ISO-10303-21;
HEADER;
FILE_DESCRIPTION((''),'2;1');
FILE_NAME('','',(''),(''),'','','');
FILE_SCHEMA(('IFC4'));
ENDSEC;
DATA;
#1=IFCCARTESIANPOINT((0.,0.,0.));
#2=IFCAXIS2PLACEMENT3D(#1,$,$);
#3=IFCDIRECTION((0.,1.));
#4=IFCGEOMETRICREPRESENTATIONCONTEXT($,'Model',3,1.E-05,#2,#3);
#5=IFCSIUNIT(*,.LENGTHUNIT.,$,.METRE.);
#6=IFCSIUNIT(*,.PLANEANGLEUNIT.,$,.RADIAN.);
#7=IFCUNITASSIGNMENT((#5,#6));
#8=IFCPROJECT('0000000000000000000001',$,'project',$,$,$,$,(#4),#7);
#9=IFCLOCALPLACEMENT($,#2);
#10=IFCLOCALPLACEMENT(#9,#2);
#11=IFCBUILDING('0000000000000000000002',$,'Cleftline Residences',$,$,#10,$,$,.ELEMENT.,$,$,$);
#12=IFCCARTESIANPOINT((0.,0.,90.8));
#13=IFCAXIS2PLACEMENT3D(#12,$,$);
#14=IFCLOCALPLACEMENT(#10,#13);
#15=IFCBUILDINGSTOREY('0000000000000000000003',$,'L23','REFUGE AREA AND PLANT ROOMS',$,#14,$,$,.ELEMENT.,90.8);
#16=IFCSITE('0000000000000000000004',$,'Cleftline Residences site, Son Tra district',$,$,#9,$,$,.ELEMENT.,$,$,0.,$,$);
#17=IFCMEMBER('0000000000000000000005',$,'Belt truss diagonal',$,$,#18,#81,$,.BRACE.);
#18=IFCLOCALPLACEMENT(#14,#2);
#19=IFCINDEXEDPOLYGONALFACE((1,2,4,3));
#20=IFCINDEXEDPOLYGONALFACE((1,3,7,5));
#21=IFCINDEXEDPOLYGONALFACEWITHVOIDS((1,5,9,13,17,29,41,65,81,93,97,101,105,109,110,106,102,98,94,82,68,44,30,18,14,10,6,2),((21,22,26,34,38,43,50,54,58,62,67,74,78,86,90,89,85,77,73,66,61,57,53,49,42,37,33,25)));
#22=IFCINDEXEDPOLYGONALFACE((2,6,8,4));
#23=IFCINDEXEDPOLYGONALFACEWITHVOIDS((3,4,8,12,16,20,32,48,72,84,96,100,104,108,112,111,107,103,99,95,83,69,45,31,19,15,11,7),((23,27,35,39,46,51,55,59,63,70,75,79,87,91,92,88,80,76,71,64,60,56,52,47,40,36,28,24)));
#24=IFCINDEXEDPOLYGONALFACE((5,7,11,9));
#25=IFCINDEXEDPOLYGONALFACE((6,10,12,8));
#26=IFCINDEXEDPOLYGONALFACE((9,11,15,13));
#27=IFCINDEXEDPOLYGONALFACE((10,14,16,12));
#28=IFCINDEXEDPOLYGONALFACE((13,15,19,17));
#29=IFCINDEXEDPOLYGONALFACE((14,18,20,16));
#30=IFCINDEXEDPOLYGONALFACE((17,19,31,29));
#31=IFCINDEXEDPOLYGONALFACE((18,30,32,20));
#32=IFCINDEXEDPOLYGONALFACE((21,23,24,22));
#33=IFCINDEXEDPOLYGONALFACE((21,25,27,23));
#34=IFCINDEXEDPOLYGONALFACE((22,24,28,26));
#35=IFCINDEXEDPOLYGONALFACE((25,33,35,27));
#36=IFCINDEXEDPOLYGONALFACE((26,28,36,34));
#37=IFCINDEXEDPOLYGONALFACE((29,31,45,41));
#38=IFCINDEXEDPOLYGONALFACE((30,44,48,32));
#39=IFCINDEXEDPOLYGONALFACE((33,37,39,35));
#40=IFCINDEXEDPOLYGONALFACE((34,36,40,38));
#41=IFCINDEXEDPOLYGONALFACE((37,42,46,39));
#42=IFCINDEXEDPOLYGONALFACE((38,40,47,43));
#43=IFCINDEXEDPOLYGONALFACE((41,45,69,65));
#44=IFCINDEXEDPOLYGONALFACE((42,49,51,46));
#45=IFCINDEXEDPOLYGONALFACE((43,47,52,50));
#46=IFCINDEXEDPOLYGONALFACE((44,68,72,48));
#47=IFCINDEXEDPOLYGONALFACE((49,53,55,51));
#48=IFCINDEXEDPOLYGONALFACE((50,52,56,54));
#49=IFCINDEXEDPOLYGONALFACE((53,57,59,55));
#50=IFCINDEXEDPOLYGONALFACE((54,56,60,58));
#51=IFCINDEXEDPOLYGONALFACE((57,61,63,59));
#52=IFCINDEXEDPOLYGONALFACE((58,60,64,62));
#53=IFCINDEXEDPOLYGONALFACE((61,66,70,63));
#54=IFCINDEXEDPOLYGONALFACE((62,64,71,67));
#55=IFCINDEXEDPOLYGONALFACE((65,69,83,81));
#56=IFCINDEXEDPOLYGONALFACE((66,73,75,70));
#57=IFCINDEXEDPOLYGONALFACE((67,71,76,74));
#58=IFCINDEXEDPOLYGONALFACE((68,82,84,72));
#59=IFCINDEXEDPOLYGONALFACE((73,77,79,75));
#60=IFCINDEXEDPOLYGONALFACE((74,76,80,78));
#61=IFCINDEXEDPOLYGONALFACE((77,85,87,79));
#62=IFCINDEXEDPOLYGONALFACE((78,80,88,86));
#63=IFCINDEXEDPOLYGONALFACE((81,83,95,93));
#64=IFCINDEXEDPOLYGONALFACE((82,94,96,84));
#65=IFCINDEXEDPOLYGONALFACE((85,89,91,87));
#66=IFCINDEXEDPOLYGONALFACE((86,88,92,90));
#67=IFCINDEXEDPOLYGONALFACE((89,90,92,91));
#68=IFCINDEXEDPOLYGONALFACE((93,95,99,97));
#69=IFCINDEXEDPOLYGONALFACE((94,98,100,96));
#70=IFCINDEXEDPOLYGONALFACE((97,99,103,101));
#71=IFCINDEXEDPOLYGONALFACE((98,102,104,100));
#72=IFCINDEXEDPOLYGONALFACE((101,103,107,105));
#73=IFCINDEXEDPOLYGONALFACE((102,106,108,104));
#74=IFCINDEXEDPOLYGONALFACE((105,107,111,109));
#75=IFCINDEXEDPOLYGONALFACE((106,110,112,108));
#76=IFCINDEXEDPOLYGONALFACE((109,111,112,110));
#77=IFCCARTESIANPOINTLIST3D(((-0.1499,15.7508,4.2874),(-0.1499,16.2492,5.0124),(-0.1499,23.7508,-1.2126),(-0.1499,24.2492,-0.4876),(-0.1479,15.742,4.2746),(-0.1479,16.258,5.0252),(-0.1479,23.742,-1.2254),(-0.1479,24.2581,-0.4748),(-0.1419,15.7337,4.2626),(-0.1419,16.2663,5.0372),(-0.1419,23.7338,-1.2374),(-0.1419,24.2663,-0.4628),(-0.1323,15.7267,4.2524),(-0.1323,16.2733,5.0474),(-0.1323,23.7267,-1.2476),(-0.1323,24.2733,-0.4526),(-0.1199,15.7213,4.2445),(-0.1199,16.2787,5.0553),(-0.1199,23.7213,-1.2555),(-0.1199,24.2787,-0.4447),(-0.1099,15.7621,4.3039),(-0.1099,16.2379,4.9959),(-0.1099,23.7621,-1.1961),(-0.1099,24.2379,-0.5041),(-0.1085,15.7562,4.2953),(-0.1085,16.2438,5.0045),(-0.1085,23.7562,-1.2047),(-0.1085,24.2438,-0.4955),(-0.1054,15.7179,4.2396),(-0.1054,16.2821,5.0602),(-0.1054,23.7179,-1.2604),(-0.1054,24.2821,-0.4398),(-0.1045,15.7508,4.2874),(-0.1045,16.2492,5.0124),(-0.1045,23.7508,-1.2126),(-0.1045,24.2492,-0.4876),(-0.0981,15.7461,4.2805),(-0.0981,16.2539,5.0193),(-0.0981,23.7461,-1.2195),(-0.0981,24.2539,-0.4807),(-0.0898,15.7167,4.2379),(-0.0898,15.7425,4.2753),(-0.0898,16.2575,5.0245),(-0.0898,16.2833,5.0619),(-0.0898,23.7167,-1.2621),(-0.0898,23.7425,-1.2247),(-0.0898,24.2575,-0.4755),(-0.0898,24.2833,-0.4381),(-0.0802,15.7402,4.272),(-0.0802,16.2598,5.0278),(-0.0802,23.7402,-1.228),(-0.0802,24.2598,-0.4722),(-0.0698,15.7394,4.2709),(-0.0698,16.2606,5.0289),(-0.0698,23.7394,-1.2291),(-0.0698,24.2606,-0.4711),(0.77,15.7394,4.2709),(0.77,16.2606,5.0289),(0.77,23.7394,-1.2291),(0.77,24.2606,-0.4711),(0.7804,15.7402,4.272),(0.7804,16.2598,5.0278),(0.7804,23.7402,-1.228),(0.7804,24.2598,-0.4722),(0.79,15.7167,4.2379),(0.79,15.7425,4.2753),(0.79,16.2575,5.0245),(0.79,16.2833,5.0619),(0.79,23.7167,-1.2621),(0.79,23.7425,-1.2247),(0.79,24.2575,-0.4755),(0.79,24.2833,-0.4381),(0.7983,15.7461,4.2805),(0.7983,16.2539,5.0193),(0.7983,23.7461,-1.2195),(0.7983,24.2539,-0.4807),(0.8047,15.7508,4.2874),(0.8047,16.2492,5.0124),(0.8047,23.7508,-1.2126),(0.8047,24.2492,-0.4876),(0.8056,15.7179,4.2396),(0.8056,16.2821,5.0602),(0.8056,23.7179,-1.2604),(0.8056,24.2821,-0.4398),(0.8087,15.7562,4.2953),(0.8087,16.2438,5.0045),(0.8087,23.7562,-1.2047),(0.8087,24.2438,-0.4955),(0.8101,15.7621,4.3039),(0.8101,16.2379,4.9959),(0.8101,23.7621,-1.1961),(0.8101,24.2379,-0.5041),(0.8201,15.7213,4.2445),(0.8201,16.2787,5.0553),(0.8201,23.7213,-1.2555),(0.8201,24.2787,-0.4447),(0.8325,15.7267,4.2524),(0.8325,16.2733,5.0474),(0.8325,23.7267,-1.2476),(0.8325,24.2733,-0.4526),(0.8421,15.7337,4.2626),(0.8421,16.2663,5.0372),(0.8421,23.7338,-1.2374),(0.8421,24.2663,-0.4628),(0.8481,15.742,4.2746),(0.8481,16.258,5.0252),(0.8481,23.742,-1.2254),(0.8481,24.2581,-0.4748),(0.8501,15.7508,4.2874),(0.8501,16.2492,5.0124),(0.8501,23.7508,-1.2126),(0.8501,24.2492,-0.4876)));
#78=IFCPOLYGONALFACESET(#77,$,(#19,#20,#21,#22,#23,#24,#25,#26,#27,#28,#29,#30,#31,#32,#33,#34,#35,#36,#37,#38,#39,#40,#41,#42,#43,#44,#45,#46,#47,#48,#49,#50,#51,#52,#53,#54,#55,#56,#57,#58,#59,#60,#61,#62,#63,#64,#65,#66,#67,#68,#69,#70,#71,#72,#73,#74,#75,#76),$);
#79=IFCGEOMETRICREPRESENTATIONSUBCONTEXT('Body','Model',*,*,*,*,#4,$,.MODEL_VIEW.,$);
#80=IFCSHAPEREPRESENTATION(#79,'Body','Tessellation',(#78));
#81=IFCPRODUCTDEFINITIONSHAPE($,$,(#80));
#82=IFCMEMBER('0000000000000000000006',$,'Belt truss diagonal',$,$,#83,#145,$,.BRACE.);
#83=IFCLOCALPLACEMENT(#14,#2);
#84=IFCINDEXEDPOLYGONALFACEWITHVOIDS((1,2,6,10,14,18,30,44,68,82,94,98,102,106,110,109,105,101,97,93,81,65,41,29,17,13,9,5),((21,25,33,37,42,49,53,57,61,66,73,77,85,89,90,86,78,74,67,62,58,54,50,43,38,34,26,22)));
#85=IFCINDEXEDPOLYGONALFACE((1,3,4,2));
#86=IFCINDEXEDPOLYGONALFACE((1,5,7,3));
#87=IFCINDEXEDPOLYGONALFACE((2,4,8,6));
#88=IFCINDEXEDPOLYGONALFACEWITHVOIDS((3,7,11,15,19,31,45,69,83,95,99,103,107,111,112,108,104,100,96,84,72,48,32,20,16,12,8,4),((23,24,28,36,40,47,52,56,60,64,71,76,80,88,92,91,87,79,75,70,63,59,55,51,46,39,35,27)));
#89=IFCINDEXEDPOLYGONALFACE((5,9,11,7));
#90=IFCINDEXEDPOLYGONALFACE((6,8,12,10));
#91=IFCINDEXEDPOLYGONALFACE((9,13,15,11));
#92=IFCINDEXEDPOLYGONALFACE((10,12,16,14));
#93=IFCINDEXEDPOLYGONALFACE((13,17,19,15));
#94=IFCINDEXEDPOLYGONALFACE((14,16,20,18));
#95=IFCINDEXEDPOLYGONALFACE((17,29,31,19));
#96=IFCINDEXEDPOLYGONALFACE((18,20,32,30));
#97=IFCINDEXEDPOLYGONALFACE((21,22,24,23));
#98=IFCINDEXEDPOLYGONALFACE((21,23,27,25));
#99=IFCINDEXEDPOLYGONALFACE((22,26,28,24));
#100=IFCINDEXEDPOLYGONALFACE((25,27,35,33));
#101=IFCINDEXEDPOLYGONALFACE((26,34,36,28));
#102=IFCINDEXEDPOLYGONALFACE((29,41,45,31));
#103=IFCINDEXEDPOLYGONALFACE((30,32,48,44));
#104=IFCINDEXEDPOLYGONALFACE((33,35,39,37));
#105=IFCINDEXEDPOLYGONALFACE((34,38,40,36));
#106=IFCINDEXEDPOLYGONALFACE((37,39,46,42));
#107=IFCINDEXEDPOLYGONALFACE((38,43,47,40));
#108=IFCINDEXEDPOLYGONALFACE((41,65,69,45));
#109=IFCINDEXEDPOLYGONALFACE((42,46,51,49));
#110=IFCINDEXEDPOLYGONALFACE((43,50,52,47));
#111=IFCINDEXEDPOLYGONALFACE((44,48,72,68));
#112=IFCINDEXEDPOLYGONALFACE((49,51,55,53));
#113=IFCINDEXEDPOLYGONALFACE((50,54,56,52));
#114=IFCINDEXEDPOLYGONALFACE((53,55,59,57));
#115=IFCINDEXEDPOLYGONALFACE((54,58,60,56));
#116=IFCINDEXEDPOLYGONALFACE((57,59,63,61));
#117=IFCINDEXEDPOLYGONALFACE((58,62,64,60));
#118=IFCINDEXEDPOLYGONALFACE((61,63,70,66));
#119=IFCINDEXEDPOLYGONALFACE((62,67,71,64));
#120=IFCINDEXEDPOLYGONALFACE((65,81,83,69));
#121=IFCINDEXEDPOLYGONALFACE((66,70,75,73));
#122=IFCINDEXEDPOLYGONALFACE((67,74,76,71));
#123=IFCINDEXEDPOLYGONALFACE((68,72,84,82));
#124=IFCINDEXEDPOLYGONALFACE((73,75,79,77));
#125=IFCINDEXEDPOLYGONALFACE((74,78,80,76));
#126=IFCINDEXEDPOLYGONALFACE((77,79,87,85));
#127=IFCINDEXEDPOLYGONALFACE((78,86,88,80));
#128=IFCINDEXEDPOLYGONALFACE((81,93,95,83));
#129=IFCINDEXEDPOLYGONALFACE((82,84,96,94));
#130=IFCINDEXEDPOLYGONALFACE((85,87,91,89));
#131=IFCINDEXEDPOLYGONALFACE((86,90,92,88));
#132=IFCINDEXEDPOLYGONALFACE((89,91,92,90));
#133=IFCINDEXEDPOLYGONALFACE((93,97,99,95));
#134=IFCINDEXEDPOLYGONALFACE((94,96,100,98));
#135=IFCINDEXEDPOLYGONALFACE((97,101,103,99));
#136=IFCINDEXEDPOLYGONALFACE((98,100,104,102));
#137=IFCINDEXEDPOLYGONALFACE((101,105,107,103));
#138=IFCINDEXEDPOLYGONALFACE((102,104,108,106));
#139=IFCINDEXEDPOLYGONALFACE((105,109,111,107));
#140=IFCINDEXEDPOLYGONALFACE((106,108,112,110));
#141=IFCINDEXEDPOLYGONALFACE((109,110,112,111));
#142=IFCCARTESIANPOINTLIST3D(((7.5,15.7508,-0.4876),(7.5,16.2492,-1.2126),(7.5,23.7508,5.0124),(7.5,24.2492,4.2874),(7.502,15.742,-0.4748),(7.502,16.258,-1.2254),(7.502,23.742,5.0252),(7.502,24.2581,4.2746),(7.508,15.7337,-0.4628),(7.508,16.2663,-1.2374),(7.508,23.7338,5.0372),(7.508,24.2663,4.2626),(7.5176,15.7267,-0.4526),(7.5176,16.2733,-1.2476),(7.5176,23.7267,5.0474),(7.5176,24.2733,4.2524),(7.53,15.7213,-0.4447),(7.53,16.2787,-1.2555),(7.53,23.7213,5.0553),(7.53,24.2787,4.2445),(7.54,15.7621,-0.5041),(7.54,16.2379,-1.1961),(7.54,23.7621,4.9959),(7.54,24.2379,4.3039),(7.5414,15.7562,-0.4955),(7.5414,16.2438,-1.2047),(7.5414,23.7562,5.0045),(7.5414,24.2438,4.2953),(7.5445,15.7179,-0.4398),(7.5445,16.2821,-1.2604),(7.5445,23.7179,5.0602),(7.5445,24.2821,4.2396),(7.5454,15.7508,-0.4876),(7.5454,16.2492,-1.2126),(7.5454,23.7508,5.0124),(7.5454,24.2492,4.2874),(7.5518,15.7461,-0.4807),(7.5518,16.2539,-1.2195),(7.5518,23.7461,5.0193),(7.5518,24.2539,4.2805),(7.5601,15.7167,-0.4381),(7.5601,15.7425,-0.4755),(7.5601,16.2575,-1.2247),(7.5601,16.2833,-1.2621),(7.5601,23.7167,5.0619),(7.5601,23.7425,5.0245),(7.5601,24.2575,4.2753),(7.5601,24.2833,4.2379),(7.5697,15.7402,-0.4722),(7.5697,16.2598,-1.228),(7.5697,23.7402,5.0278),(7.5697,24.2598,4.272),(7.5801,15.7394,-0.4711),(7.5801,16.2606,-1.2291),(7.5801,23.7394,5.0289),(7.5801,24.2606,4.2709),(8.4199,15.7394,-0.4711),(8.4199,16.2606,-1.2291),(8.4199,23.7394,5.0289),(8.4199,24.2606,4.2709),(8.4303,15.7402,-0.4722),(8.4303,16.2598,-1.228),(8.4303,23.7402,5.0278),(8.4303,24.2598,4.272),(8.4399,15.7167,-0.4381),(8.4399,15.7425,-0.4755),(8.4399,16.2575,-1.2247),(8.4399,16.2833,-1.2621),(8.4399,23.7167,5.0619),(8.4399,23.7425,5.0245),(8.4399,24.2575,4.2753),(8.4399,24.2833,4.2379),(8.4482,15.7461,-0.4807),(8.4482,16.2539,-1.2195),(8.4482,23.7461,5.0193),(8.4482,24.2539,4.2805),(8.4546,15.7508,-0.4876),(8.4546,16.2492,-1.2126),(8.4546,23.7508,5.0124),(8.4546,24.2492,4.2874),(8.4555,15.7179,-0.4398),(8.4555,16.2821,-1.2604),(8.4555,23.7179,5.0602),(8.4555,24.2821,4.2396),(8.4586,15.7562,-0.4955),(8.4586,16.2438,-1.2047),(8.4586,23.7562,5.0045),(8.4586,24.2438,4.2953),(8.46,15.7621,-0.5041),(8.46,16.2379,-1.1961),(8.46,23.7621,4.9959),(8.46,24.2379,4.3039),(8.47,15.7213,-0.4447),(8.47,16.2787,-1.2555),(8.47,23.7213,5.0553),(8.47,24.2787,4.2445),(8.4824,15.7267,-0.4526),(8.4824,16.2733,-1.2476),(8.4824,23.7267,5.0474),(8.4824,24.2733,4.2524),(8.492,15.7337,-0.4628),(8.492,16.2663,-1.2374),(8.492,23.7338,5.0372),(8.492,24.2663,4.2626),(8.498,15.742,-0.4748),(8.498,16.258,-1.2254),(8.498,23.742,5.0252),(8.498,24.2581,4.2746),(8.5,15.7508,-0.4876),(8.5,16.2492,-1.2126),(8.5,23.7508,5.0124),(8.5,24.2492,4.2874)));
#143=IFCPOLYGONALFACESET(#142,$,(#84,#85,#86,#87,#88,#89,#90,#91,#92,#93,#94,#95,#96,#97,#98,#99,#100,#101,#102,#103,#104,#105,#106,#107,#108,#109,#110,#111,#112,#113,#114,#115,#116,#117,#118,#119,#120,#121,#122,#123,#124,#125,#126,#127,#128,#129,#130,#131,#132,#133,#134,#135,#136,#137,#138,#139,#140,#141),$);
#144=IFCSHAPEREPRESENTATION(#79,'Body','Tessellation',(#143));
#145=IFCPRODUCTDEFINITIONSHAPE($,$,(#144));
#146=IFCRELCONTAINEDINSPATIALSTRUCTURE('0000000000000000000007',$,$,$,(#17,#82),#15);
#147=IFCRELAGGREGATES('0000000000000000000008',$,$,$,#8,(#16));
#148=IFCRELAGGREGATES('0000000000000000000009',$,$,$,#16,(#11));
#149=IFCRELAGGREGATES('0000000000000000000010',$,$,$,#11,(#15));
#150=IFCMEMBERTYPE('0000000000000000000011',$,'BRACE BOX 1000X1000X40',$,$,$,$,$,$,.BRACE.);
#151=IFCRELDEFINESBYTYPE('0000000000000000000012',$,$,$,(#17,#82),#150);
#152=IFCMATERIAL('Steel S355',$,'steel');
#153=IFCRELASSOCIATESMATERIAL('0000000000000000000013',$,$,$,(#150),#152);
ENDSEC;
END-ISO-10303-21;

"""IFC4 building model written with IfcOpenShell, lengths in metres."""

from ifc_helpers import new_model, si_unit, direction, frame, origin, origin_2d, place, context, subcontext, project, spatial, hollow_rectangle, extrude, material, material_profile, profile_set, type_object, element, save


model = new_model("IFC4")

# Units and contexts
model_context = context("Model", 3, precision=1e-05, world=origin(), true_north=direction((0.0, 1.0)))
body_context = subcontext(model_context, "Body", "Model", "MODEL_VIEW")
ifc_project = project(units=[si_unit("LENGTHUNIT", "METRE"), si_unit("PLANEANGLEUNIT", "RADIAN")], contexts=[model_context])

# Site, building, storey
site_placement = place(None, origin())
site = spatial("IfcSite", under=ifc_project, at=site_placement, Name="Cleftline Residences site, Son Tra district", CompositionType="ELEMENT", RefElevation=0.0)
building_placement = place(site_placement, origin())
building = spatial("IfcBuilding", under=site, at=building_placement, Name="Cleftline Residences", CompositionType="ELEMENT")
storey_placement = place(building_placement, frame((0.0, 0.0, 90.8)))
storey = spatial("IfcBuildingStorey", under=building, at=storey_placement, Name="L23", Description="REFUGE AREA AND PLANT ROOMS", CompositionType="ELEMENT", Elevation=90.8)

# Members
ifc_material_1 = material(Name="Steel S355", Category="steel")
ifc_material_profile_1 = material_profile(ifc_material_1, hollow_rectangle(XDim=1.0, YDim=1.0, WallThickness=0.04, InnerFilletRadius=0.04, OuterFilletRadius=0.0601, at=origin_2d()))
ifc_profile_set_1 = profile_set([ifc_material_profile_1], Name="Steel S355")
member_type_1 = type_object("IfcMemberType", Name="BRACE BOX 1000X1000X40", PredefinedType="BRACE", material=ifc_profile_set_1)
for number, where, z_axis, x_axis, name in (
    (1, (0.3501, 16.0, 4.6499), (0.0, 0.824042, -0.566529), (0.0, 0.566529, 0.824042), "Belt truss diagonal"),
    (2, (8.0, 16.0, -0.8501), (0.0, 0.824042, 0.566529), (0.0, -0.566529, 0.824042), "Belt truss diagonal"),
):
    element("IfcMember", number, at=place(storey_placement, frame(where, z_axis=z_axis, x_axis=x_axis)), inside=storey, type_object=member_type_1, Name=name, PredefinedType="BRACE", context=body_context, shape_type="SweptSolid", body=[
        extrude(hollow_rectangle(XDim=1.0, YDim=1.0, WallThickness=0.04, InnerFilletRadius=0.04, OuterFilletRadius=0.0601, at=origin_2d()), origin(), (0.0, 0.0, 1.0), 9.7083),
    ])

save(model, "model.ifc")
